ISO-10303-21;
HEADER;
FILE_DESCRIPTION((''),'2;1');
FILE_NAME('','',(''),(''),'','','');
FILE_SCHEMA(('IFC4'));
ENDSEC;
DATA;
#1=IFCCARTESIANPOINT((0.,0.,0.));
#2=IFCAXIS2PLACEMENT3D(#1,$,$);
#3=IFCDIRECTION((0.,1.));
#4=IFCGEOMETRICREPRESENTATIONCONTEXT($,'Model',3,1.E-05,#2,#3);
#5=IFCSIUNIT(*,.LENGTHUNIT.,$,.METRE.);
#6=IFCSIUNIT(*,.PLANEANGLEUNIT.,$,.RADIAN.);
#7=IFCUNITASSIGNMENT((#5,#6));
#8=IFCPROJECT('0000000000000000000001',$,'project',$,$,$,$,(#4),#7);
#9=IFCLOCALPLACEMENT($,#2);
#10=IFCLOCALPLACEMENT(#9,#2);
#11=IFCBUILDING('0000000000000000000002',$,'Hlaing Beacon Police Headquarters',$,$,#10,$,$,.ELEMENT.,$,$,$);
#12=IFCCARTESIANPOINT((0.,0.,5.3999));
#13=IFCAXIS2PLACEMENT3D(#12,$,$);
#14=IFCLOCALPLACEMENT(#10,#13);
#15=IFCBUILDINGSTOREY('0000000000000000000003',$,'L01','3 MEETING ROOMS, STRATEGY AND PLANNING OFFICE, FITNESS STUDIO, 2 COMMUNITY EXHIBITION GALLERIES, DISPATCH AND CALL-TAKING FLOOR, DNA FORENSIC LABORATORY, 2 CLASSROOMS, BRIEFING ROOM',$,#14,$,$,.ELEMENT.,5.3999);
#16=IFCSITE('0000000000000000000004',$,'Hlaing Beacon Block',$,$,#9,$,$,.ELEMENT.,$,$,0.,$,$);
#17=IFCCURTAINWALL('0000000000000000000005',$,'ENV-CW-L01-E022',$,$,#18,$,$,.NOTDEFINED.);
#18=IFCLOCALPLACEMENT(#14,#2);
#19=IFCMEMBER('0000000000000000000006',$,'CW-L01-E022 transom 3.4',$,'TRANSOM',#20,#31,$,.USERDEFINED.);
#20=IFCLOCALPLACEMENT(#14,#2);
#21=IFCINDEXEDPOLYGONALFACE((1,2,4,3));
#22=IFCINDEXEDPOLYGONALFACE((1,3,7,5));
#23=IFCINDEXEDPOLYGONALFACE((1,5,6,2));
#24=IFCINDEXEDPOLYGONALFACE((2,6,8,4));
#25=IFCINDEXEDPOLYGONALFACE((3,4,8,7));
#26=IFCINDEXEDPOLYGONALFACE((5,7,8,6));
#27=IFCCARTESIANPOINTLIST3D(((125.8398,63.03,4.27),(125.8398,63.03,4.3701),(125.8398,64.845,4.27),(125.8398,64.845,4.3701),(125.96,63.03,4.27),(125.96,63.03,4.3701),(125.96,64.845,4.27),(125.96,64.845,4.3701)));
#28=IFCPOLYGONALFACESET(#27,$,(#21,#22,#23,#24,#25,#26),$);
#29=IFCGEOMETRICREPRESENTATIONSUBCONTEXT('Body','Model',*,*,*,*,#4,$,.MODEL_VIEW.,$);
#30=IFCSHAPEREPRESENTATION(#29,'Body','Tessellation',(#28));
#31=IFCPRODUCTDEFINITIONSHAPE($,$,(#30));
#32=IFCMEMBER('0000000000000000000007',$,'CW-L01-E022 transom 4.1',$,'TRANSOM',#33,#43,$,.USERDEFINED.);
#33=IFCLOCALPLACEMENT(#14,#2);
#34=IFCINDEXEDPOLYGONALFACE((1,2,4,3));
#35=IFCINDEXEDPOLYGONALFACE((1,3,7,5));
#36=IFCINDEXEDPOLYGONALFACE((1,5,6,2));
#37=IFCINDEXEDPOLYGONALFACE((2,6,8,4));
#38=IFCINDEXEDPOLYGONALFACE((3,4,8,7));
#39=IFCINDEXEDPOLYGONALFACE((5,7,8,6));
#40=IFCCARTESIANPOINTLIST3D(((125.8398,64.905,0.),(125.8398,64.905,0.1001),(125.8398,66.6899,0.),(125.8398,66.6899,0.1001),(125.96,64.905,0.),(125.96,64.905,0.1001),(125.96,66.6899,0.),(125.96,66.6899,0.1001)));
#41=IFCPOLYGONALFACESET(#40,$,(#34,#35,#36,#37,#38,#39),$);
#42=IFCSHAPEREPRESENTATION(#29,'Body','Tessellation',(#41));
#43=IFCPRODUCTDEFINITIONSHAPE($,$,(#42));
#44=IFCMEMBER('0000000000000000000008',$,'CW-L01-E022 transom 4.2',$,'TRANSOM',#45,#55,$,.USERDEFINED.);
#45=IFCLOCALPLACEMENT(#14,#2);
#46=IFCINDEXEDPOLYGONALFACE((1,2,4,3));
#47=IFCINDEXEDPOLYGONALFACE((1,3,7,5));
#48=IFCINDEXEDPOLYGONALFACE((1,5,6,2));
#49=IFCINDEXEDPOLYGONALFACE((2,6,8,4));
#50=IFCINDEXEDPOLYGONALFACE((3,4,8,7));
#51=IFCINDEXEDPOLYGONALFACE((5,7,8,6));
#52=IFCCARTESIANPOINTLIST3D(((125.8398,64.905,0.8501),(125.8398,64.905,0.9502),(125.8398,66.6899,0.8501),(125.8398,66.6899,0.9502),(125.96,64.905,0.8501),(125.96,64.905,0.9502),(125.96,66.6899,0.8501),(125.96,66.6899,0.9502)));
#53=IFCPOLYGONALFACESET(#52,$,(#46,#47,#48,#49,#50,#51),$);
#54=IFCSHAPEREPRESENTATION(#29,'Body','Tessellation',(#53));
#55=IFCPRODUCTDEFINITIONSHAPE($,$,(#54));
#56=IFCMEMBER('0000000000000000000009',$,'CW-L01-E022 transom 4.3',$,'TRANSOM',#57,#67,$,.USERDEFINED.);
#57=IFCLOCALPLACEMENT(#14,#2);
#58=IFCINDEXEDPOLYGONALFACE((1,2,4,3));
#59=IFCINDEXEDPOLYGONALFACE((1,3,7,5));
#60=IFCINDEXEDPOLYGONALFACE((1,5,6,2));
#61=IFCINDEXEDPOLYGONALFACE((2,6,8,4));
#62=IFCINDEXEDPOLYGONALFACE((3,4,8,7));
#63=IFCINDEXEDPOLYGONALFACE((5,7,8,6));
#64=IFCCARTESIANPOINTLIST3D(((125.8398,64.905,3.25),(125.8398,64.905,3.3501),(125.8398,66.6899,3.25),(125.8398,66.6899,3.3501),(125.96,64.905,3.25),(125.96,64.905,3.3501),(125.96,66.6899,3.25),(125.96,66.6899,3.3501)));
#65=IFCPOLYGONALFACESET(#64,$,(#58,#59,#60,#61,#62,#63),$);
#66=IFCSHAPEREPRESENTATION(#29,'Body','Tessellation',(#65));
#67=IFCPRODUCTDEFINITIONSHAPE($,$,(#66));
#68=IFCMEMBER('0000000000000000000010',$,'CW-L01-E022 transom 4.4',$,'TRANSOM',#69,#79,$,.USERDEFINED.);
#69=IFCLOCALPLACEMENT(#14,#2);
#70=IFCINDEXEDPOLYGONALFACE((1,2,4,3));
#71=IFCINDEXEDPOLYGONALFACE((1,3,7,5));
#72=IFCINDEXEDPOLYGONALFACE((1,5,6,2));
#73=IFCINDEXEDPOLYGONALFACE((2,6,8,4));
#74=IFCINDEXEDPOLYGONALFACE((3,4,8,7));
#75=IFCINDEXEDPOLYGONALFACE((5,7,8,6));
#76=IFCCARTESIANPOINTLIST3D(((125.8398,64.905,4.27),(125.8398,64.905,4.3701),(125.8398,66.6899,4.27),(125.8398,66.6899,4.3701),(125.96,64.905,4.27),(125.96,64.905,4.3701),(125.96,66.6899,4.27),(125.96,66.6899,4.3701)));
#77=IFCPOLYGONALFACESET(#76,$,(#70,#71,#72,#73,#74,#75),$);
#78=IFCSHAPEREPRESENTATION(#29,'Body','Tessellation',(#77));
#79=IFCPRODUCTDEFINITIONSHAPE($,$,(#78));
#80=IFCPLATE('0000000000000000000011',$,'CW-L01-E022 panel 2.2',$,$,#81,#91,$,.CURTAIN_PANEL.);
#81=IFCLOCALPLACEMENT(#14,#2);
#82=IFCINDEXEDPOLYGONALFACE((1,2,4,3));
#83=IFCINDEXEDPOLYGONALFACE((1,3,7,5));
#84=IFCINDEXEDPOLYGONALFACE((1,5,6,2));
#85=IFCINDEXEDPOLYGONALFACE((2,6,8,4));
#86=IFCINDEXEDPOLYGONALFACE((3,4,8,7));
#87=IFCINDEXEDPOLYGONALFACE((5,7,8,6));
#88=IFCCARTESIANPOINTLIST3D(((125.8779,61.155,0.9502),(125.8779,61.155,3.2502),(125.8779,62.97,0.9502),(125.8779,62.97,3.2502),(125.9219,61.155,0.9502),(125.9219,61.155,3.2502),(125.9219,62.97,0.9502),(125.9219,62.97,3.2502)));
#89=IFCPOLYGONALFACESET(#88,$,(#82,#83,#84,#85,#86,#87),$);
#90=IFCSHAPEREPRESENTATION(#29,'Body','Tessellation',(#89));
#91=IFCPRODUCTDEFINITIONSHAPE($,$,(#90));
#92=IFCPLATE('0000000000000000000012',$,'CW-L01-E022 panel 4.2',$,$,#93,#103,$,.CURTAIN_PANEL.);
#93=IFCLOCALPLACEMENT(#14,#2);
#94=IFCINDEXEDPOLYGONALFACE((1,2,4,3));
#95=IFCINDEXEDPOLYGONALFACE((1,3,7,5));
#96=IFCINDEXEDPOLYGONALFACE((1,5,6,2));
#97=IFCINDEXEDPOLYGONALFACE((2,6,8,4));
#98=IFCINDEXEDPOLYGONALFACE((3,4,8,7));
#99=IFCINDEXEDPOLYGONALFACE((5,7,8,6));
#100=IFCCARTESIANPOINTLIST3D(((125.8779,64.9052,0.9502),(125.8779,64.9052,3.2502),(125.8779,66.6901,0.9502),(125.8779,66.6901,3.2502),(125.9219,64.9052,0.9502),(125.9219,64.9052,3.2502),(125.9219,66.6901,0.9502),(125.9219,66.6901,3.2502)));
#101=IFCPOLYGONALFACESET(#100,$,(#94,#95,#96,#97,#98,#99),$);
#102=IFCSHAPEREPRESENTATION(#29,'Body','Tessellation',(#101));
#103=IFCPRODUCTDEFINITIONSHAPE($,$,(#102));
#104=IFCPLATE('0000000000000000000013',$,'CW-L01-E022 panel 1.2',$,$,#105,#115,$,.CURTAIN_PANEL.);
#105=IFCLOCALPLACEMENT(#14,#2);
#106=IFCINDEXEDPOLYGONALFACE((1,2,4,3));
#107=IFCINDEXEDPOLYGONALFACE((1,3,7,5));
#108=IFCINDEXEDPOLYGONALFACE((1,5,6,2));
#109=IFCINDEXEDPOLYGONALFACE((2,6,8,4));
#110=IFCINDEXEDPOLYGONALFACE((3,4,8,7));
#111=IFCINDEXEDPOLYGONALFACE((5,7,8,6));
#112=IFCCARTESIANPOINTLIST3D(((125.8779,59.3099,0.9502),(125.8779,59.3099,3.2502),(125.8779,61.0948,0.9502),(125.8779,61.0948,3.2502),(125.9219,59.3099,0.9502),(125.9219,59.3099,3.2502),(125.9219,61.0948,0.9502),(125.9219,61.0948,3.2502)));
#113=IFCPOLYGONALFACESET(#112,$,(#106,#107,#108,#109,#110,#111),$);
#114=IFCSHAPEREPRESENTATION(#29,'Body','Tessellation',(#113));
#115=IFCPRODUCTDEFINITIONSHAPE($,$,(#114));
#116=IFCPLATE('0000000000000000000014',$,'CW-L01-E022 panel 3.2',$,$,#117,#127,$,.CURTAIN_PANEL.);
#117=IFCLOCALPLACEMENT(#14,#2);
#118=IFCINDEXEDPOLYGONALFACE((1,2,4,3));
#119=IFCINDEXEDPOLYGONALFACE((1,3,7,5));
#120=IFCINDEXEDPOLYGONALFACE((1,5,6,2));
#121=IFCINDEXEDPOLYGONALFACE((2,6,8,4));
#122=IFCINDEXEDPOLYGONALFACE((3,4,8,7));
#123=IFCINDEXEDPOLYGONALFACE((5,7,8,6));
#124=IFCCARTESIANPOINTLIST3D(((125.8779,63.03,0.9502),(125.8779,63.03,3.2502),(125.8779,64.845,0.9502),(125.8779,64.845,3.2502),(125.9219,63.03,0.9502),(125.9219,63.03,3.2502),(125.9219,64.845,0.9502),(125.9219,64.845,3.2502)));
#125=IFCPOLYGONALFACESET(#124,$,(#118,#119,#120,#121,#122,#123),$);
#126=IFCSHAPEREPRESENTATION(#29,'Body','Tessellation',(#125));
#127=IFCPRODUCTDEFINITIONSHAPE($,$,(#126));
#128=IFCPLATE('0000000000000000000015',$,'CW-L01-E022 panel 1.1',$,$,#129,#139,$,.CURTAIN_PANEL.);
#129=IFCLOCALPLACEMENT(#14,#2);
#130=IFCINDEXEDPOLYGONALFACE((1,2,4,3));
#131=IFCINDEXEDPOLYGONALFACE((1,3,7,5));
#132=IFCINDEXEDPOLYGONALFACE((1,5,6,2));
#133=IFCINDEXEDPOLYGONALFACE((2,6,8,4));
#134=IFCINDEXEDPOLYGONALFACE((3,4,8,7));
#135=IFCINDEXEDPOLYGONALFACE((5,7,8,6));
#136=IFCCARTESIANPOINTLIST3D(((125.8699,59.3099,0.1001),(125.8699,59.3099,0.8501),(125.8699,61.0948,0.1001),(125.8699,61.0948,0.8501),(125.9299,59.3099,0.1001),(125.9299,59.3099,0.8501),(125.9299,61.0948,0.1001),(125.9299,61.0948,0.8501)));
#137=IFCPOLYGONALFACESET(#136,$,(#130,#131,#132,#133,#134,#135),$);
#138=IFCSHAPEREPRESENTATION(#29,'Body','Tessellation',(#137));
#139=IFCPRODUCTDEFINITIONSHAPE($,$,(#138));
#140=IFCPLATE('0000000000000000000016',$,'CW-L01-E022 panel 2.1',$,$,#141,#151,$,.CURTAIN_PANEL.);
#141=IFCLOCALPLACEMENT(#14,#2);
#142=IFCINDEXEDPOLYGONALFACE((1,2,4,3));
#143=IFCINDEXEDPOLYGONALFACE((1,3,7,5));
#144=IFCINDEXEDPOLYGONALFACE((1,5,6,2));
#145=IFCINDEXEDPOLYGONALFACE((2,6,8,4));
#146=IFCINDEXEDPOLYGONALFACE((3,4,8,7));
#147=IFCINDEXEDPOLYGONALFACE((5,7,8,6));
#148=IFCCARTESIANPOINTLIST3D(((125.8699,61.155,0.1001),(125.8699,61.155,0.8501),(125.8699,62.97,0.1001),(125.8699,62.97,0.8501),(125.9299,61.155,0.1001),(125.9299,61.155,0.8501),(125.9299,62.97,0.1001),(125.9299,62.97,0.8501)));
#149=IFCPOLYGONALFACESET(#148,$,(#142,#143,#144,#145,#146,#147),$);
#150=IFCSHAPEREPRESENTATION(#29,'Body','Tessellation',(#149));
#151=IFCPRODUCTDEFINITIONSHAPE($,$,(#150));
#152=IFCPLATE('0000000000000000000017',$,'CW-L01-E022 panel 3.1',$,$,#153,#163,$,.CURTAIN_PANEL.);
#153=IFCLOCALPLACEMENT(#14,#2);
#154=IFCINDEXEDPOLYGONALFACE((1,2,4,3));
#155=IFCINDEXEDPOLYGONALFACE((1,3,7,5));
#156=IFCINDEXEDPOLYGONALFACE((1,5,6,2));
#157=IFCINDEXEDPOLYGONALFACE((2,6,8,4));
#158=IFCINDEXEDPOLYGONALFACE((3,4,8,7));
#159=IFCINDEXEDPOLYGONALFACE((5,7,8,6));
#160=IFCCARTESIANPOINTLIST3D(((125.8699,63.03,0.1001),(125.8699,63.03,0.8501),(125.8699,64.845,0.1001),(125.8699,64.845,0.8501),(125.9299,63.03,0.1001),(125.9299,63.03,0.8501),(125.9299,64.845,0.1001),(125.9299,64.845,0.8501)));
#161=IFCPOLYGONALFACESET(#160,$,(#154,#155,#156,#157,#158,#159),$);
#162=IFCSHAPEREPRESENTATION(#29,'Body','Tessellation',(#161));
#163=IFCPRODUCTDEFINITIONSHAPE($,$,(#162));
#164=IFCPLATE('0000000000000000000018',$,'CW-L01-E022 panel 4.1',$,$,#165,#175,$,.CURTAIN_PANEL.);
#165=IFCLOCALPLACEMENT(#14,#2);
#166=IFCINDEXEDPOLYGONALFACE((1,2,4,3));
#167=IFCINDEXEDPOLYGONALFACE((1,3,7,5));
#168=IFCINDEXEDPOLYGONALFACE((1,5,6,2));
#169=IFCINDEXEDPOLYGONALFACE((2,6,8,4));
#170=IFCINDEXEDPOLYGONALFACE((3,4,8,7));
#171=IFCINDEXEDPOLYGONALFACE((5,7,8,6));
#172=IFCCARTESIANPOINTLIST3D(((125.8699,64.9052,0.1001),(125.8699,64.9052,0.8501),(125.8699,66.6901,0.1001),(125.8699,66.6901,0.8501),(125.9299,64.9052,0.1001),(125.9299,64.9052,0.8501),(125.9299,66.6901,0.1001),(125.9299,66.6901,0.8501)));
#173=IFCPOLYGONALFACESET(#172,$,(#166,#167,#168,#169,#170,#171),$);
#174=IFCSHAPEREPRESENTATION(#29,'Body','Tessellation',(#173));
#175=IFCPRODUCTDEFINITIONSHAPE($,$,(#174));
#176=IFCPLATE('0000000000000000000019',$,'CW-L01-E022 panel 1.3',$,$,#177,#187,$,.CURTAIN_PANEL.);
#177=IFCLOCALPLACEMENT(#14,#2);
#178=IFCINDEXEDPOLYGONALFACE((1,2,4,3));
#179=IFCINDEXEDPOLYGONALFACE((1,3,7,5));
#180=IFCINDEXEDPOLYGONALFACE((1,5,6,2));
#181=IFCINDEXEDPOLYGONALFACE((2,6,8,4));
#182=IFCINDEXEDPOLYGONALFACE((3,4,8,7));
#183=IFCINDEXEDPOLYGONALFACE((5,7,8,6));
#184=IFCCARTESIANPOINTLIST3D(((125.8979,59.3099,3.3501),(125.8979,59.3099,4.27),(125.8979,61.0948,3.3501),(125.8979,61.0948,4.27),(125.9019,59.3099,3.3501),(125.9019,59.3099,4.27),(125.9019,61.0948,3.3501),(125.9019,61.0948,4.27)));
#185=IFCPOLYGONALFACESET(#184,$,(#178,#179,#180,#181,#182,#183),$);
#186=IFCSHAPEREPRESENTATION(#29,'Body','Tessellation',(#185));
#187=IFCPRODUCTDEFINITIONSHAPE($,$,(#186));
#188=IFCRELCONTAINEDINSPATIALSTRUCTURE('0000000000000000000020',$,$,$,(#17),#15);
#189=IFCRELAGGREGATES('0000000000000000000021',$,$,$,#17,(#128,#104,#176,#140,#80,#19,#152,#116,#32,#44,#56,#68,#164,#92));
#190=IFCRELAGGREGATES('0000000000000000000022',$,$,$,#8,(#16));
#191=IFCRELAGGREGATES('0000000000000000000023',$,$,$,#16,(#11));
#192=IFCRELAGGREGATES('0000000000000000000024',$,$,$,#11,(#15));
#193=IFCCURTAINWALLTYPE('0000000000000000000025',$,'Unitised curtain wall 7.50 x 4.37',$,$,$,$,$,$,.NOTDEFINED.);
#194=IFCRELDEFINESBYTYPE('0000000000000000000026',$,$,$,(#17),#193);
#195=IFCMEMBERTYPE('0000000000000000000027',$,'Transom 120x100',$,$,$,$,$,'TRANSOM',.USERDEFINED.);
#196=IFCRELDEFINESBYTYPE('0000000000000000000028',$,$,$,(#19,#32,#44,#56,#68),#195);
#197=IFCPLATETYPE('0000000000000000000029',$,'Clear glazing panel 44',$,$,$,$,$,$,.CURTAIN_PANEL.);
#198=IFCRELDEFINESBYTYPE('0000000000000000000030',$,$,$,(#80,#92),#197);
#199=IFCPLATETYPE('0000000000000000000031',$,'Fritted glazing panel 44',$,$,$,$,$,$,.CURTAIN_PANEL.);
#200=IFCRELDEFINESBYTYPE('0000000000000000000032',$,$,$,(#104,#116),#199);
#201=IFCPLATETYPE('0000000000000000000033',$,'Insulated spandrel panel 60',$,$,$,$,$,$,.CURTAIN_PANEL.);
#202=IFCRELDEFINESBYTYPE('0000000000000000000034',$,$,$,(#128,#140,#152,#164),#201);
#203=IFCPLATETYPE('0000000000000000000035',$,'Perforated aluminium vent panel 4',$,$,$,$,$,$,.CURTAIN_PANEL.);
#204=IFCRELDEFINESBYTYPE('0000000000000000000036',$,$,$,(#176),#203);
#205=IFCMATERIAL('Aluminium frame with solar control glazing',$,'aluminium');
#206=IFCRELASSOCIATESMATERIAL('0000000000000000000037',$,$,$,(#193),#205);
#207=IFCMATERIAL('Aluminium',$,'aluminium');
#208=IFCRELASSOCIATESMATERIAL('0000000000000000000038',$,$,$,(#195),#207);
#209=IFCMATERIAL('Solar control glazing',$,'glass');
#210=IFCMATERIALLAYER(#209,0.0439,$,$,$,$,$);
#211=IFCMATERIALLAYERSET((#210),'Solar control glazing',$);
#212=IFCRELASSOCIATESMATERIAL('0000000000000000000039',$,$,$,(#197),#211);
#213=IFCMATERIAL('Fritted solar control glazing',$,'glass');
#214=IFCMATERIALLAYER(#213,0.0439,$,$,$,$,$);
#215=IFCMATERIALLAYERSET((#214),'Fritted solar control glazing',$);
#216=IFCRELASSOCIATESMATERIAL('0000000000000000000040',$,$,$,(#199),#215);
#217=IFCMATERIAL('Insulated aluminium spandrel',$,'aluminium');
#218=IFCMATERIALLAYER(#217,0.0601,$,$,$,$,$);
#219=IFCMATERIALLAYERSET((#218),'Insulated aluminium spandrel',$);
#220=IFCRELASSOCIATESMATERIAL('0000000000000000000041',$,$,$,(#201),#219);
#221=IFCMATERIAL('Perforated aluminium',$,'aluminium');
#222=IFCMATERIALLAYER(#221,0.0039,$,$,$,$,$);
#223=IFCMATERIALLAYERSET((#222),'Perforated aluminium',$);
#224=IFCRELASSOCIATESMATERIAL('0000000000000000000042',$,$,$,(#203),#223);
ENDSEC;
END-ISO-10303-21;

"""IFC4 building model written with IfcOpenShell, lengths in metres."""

from ifc_helpers import new_model, si_unit, direction, frame, origin, origin_2d, place, context, subcontext, project, spatial, rectangle, extrude, material, layer, layer_set, material_profile, profile_set, type_object, element, aggregate, save


model = new_model("IFC4")

# Units and contexts
model_context = context("Model", 3, precision=1e-05, world=origin(), true_north=direction((0.0, 1.0)))
body_context = subcontext(model_context, "Body", "Model", "MODEL_VIEW")
ifc_project = project(units=[si_unit("LENGTHUNIT", "METRE"), si_unit("PLANEANGLEUNIT", "RADIAN")], contexts=[model_context])

# Site, building, storey
site_placement = place(None, origin())
site = spatial("IfcSite", under=ifc_project, at=site_placement, Name="Hlaing Beacon Block", CompositionType="ELEMENT", RefElevation=0.0)
building_placement = place(site_placement, origin())
building = spatial("IfcBuilding", under=site, at=building_placement, Name="Hlaing Beacon Police Headquarters", CompositionType="ELEMENT")
storey_placement = place(building_placement, frame((0.0, 0.0, 5.3999)))
storey = spatial("IfcBuildingStorey", under=building, at=storey_placement, Name="L01", Description="3 MEETING ROOMS, STRATEGY AND PLANNING OFFICE, FITNESS STUDIO, 2 COMMUNITY EXHIBITION GALLERIES, DISPATCH AND CALL-TAKING FLOOR, DNA FORENSIC LABORATORY, 2 CLASSROOMS, BRIEFING ROOM", CompositionType="ELEMENT", Elevation=5.3999)

# Curtain wall, members, plates
ifc_material_1 = material(Name="Aluminium frame with solar control glazing", Category="aluminium")
curtain_wall_type = type_object("IfcCurtainWallType", Name="Unitised curtain wall 7.50 x 4.37", PredefinedType="NOTDEFINED", material=ifc_material_1)
curtain_wall_placement = place(storey_placement, origin())
curtain_wall = element("IfcCurtainWall", 1, at=curtain_wall_placement, inside=storey, type_object=curtain_wall_type, Name="ENV-CW-L01-E022", PredefinedType="NOTDEFINED")
ifc_material_2 = material(Name="Aluminium", Category="aluminium")
ifc_material_profile_1 = material_profile(ifc_material_2, rectangle(XDim=0.1201, YDim=0.1001, at=origin_2d()), Name="Transom 120x100")
ifc_profile_set_1 = profile_set([ifc_material_profile_1], Name="Aluminium")
member_type_1 = type_object("IfcMemberType", Name="Transom 120x100", ElementType="TRANSOM", PredefinedType="USERDEFINED", material=ifc_profile_set_1)
member_1_placement = place(storey_placement, frame((125.8999, 63.03, 4.3201), z_axis=(0.0, 1.0, 0.0), x_axis=(-1.0, 0.0, 0.0)))
member_1 = element("IfcMember", 2, at=member_1_placement, type_object=member_type_1, Name="CW-L01-E022 transom 3.4", ObjectType="TRANSOM", PredefinedType="USERDEFINED", context=body_context, shape_type="SweptSolid", body=[
    extrude(rectangle(XDim=0.1201, YDim=0.1001, at=origin_2d()), origin(), (0.0, 0.0, 1.0), 1.8149),
])
member_2_placement = place(storey_placement, frame((125.8999, 64.905, 0.05), z_axis=(0.0, 1.0, 0.0), x_axis=(-1.0, 0.0, 0.0)))
member_2 = element("IfcMember", 3, at=member_2_placement, type_object=member_type_1, Name="CW-L01-E022 transom 4.1", ObjectType="TRANSOM", PredefinedType="USERDEFINED", context=body_context, shape_type="SweptSolid", body=[
    extrude(rectangle(XDim=0.1201, YDim=0.1001, at=origin_2d()), origin(), (0.0, 0.0, 1.0), 1.7849),
])
member_3_placement = place(storey_placement, frame((125.8999, 64.905, 0.9001), z_axis=(0.0, 1.0, 0.0), x_axis=(-1.0, 0.0, 0.0)))
member_3 = element("IfcMember", 4, at=member_3_placement, type_object=member_type_1, Name="CW-L01-E022 transom 4.2", ObjectType="TRANSOM", PredefinedType="USERDEFINED", context=body_context, shape_type="SweptSolid", body=[
    extrude(rectangle(XDim=0.1201, YDim=0.1001, at=origin_2d()), origin(), (0.0, 0.0, 1.0), 1.7849),
])
member_4_placement = place(storey_placement, frame((125.8999, 64.905, 3.3), z_axis=(0.0, 1.0, 0.0), x_axis=(-1.0, 0.0, 0.0)))
member_4 = element("IfcMember", 5, at=member_4_placement, type_object=member_type_1, Name="CW-L01-E022 transom 4.3", ObjectType="TRANSOM", PredefinedType="USERDEFINED", context=body_context, shape_type="SweptSolid", body=[
    extrude(rectangle(XDim=0.1201, YDim=0.1001, at=origin_2d()), origin(), (0.0, 0.0, 1.0), 1.7849),
])
member_5_placement = place(storey_placement, frame((125.8999, 64.905, 4.3201), z_axis=(0.0, 1.0, 0.0), x_axis=(-1.0, 0.0, 0.0)))
member_5 = element("IfcMember", 6, at=member_5_placement, type_object=member_type_1, Name="CW-L01-E022 transom 4.4", ObjectType="TRANSOM", PredefinedType="USERDEFINED", context=body_context, shape_type="SweptSolid", body=[
    extrude(rectangle(XDim=0.1201, YDim=0.1001, at=origin_2d()), origin(), (0.0, 0.0, 1.0), 1.7849),
])
ifc_material_3 = material(Name="Solar control glazing", Category="glass")
ifc_layer_1 = layer(ifc_material_3, 0.0439)
ifc_layer_set_1 = layer_set([ifc_layer_1], Name="Solar control glazing")
plate_type_1 = type_object("IfcPlateType", Name="Clear glazing panel 44", PredefinedType="CURTAIN_PANEL", material=ifc_layer_set_1)
plate_1_placement = place(storey_placement, frame((125.8999, 62.0625, 0.9502), z_axis=(0.0, 0.0, 1.0), x_axis=(0.0, 1.0, 0.0)))
plate_1 = element("IfcPlate", 7, at=plate_1_placement, type_object=plate_type_1, Name="CW-L01-E022 panel 2.2", PredefinedType="CURTAIN_PANEL", context=body_context, shape_type="SweptSolid", body=[
    extrude(rectangle(XDim=1.8149, YDim=0.0439, at=origin_2d()), origin(), (0.0, 0.0, 1.0), 2.3),
])
plate_2_placement = place(storey_placement, frame((125.8999, 65.7976, 0.9502), z_axis=(0.0, 0.0, 1.0), x_axis=(0.0, 1.0, 0.0)))
plate_2 = element("IfcPlate", 8, at=plate_2_placement, type_object=plate_type_1, Name="CW-L01-E022 panel 4.2", PredefinedType="CURTAIN_PANEL", context=body_context, shape_type="SweptSolid", body=[
    extrude(rectangle(XDim=1.7849, YDim=0.0439, at=origin_2d()), origin(), (0.0, 0.0, 1.0), 2.3),
])
ifc_material_4 = material(Name="Fritted solar control glazing", Category="glass")
ifc_layer_2 = layer(ifc_material_4, 0.0439)
ifc_layer_set_2 = layer_set([ifc_layer_2], Name="Fritted solar control glazing")
plate_type_2 = type_object("IfcPlateType", Name="Fritted glazing panel 44", PredefinedType="CURTAIN_PANEL", material=ifc_layer_set_2)
plate_3_placement = place(storey_placement, frame((125.8999, 60.2024, 0.9502), z_axis=(0.0, 0.0, 1.0), x_axis=(0.0, 1.0, 0.0)))
plate_3 = element("IfcPlate", 9, at=plate_3_placement, type_object=plate_type_2, Name="CW-L01-E022 panel 1.2", PredefinedType="CURTAIN_PANEL", context=body_context, shape_type="SweptSolid", body=[
    extrude(rectangle(XDim=1.7849, YDim=0.0439, at=origin_2d()), origin(), (0.0, 0.0, 1.0), 2.3),
])
plate_4_placement = place(storey_placement, frame((125.8999, 63.9375, 0.9502), z_axis=(0.0, 0.0, 1.0), x_axis=(0.0, 1.0, 0.0)))
plate_4 = element("IfcPlate", 10, at=plate_4_placement, type_object=plate_type_2, Name="CW-L01-E022 panel 3.2", PredefinedType="CURTAIN_PANEL", context=body_context, shape_type="SweptSolid", body=[
    extrude(rectangle(XDim=1.8149, YDim=0.0439, at=origin_2d()), origin(), (0.0, 0.0, 1.0), 2.3),
])
ifc_material_5 = material(Name="Insulated aluminium spandrel", Category="aluminium")
ifc_layer_3 = layer(ifc_material_5, 0.0601)
ifc_layer_set_3 = layer_set([ifc_layer_3], Name="Insulated aluminium spandrel")
plate_type_3 = type_object("IfcPlateType", Name="Insulated spandrel panel 60", PredefinedType="CURTAIN_PANEL", material=ifc_layer_set_3)
plate_5_placement = place(storey_placement, frame((125.8999, 60.2024, 0.1001), z_axis=(0.0, 0.0, 1.0), x_axis=(0.0, 1.0, 0.0)))
plate_5 = element("IfcPlate", 11, at=plate_5_placement, type_object=plate_type_3, Name="CW-L01-E022 panel 1.1", PredefinedType="CURTAIN_PANEL", context=body_context, shape_type="SweptSolid", body=[
    extrude(rectangle(XDim=1.7849, YDim=0.0601, at=origin_2d()), origin(), (0.0, 0.0, 1.0), 0.75),
])
plate_6_placement = place(storey_placement, frame((125.8999, 62.0625, 0.1001), z_axis=(0.0, 0.0, 1.0), x_axis=(0.0, 1.0, 0.0)))
plate_6 = element("IfcPlate", 12, at=plate_6_placement, type_object=plate_type_3, Name="CW-L01-E022 panel 2.1", PredefinedType="CURTAIN_PANEL", context=body_context, shape_type="SweptSolid", body=[
    extrude(rectangle(XDim=1.8149, YDim=0.0601, at=origin_2d()), origin(), (0.0, 0.0, 1.0), 0.75),
])
plate_7_placement = place(storey_placement, frame((125.8999, 63.9375, 0.1001), z_axis=(0.0, 0.0, 1.0), x_axis=(0.0, 1.0, 0.0)))
plate_7 = element("IfcPlate", 13, at=plate_7_placement, type_object=plate_type_3, Name="CW-L01-E022 panel 3.1", PredefinedType="CURTAIN_PANEL", context=body_context, shape_type="SweptSolid", body=[
    extrude(rectangle(XDim=1.8149, YDim=0.0601, at=origin_2d()), origin(), (0.0, 0.0, 1.0), 0.75),
])
plate_8_placement = place(storey_placement, frame((125.8999, 65.7976, 0.1001), z_axis=(0.0, 0.0, 1.0), x_axis=(0.0, 1.0, 0.0)))
plate_8 = element("IfcPlate", 14, at=plate_8_placement, type_object=plate_type_3, Name="CW-L01-E022 panel 4.1", PredefinedType="CURTAIN_PANEL", context=body_context, shape_type="SweptSolid", body=[
    extrude(rectangle(XDim=1.7849, YDim=0.0601, at=origin_2d()), origin(), (0.0, 0.0, 1.0), 0.75),
])
ifc_material_6 = material(Name="Perforated aluminium", Category="aluminium")
ifc_layer_4 = layer(ifc_material_6, 0.0039)
ifc_layer_set_4 = layer_set([ifc_layer_4], Name="Perforated aluminium")
plate_type_4 = type_object("IfcPlateType", Name="Perforated aluminium vent panel 4", PredefinedType="CURTAIN_PANEL", material=ifc_layer_set_4)
plate_9_placement = place(storey_placement, frame((125.8999, 60.2024, 3.3501), z_axis=(0.0, 0.0, 1.0), x_axis=(0.0, 1.0, 0.0)))
plate_9 = element("IfcPlate", 15, at=plate_9_placement, type_object=plate_type_4, Name="CW-L01-E022 panel 1.3", PredefinedType="CURTAIN_PANEL", context=body_context, shape_type="SweptSolid", body=[
    extrude(rectangle(XDim=1.7849, YDim=0.0039, at=origin_2d()), origin(), (0.0, 0.0, 1.0), 0.9199),
])
aggregate(curtain_wall, [plate_5, plate_3, plate_9, plate_6, plate_1, member_1, plate_7, plate_4, member_2, member_3, member_4, member_5, plate_8, plate_2])

save(model, "model.ifc")
